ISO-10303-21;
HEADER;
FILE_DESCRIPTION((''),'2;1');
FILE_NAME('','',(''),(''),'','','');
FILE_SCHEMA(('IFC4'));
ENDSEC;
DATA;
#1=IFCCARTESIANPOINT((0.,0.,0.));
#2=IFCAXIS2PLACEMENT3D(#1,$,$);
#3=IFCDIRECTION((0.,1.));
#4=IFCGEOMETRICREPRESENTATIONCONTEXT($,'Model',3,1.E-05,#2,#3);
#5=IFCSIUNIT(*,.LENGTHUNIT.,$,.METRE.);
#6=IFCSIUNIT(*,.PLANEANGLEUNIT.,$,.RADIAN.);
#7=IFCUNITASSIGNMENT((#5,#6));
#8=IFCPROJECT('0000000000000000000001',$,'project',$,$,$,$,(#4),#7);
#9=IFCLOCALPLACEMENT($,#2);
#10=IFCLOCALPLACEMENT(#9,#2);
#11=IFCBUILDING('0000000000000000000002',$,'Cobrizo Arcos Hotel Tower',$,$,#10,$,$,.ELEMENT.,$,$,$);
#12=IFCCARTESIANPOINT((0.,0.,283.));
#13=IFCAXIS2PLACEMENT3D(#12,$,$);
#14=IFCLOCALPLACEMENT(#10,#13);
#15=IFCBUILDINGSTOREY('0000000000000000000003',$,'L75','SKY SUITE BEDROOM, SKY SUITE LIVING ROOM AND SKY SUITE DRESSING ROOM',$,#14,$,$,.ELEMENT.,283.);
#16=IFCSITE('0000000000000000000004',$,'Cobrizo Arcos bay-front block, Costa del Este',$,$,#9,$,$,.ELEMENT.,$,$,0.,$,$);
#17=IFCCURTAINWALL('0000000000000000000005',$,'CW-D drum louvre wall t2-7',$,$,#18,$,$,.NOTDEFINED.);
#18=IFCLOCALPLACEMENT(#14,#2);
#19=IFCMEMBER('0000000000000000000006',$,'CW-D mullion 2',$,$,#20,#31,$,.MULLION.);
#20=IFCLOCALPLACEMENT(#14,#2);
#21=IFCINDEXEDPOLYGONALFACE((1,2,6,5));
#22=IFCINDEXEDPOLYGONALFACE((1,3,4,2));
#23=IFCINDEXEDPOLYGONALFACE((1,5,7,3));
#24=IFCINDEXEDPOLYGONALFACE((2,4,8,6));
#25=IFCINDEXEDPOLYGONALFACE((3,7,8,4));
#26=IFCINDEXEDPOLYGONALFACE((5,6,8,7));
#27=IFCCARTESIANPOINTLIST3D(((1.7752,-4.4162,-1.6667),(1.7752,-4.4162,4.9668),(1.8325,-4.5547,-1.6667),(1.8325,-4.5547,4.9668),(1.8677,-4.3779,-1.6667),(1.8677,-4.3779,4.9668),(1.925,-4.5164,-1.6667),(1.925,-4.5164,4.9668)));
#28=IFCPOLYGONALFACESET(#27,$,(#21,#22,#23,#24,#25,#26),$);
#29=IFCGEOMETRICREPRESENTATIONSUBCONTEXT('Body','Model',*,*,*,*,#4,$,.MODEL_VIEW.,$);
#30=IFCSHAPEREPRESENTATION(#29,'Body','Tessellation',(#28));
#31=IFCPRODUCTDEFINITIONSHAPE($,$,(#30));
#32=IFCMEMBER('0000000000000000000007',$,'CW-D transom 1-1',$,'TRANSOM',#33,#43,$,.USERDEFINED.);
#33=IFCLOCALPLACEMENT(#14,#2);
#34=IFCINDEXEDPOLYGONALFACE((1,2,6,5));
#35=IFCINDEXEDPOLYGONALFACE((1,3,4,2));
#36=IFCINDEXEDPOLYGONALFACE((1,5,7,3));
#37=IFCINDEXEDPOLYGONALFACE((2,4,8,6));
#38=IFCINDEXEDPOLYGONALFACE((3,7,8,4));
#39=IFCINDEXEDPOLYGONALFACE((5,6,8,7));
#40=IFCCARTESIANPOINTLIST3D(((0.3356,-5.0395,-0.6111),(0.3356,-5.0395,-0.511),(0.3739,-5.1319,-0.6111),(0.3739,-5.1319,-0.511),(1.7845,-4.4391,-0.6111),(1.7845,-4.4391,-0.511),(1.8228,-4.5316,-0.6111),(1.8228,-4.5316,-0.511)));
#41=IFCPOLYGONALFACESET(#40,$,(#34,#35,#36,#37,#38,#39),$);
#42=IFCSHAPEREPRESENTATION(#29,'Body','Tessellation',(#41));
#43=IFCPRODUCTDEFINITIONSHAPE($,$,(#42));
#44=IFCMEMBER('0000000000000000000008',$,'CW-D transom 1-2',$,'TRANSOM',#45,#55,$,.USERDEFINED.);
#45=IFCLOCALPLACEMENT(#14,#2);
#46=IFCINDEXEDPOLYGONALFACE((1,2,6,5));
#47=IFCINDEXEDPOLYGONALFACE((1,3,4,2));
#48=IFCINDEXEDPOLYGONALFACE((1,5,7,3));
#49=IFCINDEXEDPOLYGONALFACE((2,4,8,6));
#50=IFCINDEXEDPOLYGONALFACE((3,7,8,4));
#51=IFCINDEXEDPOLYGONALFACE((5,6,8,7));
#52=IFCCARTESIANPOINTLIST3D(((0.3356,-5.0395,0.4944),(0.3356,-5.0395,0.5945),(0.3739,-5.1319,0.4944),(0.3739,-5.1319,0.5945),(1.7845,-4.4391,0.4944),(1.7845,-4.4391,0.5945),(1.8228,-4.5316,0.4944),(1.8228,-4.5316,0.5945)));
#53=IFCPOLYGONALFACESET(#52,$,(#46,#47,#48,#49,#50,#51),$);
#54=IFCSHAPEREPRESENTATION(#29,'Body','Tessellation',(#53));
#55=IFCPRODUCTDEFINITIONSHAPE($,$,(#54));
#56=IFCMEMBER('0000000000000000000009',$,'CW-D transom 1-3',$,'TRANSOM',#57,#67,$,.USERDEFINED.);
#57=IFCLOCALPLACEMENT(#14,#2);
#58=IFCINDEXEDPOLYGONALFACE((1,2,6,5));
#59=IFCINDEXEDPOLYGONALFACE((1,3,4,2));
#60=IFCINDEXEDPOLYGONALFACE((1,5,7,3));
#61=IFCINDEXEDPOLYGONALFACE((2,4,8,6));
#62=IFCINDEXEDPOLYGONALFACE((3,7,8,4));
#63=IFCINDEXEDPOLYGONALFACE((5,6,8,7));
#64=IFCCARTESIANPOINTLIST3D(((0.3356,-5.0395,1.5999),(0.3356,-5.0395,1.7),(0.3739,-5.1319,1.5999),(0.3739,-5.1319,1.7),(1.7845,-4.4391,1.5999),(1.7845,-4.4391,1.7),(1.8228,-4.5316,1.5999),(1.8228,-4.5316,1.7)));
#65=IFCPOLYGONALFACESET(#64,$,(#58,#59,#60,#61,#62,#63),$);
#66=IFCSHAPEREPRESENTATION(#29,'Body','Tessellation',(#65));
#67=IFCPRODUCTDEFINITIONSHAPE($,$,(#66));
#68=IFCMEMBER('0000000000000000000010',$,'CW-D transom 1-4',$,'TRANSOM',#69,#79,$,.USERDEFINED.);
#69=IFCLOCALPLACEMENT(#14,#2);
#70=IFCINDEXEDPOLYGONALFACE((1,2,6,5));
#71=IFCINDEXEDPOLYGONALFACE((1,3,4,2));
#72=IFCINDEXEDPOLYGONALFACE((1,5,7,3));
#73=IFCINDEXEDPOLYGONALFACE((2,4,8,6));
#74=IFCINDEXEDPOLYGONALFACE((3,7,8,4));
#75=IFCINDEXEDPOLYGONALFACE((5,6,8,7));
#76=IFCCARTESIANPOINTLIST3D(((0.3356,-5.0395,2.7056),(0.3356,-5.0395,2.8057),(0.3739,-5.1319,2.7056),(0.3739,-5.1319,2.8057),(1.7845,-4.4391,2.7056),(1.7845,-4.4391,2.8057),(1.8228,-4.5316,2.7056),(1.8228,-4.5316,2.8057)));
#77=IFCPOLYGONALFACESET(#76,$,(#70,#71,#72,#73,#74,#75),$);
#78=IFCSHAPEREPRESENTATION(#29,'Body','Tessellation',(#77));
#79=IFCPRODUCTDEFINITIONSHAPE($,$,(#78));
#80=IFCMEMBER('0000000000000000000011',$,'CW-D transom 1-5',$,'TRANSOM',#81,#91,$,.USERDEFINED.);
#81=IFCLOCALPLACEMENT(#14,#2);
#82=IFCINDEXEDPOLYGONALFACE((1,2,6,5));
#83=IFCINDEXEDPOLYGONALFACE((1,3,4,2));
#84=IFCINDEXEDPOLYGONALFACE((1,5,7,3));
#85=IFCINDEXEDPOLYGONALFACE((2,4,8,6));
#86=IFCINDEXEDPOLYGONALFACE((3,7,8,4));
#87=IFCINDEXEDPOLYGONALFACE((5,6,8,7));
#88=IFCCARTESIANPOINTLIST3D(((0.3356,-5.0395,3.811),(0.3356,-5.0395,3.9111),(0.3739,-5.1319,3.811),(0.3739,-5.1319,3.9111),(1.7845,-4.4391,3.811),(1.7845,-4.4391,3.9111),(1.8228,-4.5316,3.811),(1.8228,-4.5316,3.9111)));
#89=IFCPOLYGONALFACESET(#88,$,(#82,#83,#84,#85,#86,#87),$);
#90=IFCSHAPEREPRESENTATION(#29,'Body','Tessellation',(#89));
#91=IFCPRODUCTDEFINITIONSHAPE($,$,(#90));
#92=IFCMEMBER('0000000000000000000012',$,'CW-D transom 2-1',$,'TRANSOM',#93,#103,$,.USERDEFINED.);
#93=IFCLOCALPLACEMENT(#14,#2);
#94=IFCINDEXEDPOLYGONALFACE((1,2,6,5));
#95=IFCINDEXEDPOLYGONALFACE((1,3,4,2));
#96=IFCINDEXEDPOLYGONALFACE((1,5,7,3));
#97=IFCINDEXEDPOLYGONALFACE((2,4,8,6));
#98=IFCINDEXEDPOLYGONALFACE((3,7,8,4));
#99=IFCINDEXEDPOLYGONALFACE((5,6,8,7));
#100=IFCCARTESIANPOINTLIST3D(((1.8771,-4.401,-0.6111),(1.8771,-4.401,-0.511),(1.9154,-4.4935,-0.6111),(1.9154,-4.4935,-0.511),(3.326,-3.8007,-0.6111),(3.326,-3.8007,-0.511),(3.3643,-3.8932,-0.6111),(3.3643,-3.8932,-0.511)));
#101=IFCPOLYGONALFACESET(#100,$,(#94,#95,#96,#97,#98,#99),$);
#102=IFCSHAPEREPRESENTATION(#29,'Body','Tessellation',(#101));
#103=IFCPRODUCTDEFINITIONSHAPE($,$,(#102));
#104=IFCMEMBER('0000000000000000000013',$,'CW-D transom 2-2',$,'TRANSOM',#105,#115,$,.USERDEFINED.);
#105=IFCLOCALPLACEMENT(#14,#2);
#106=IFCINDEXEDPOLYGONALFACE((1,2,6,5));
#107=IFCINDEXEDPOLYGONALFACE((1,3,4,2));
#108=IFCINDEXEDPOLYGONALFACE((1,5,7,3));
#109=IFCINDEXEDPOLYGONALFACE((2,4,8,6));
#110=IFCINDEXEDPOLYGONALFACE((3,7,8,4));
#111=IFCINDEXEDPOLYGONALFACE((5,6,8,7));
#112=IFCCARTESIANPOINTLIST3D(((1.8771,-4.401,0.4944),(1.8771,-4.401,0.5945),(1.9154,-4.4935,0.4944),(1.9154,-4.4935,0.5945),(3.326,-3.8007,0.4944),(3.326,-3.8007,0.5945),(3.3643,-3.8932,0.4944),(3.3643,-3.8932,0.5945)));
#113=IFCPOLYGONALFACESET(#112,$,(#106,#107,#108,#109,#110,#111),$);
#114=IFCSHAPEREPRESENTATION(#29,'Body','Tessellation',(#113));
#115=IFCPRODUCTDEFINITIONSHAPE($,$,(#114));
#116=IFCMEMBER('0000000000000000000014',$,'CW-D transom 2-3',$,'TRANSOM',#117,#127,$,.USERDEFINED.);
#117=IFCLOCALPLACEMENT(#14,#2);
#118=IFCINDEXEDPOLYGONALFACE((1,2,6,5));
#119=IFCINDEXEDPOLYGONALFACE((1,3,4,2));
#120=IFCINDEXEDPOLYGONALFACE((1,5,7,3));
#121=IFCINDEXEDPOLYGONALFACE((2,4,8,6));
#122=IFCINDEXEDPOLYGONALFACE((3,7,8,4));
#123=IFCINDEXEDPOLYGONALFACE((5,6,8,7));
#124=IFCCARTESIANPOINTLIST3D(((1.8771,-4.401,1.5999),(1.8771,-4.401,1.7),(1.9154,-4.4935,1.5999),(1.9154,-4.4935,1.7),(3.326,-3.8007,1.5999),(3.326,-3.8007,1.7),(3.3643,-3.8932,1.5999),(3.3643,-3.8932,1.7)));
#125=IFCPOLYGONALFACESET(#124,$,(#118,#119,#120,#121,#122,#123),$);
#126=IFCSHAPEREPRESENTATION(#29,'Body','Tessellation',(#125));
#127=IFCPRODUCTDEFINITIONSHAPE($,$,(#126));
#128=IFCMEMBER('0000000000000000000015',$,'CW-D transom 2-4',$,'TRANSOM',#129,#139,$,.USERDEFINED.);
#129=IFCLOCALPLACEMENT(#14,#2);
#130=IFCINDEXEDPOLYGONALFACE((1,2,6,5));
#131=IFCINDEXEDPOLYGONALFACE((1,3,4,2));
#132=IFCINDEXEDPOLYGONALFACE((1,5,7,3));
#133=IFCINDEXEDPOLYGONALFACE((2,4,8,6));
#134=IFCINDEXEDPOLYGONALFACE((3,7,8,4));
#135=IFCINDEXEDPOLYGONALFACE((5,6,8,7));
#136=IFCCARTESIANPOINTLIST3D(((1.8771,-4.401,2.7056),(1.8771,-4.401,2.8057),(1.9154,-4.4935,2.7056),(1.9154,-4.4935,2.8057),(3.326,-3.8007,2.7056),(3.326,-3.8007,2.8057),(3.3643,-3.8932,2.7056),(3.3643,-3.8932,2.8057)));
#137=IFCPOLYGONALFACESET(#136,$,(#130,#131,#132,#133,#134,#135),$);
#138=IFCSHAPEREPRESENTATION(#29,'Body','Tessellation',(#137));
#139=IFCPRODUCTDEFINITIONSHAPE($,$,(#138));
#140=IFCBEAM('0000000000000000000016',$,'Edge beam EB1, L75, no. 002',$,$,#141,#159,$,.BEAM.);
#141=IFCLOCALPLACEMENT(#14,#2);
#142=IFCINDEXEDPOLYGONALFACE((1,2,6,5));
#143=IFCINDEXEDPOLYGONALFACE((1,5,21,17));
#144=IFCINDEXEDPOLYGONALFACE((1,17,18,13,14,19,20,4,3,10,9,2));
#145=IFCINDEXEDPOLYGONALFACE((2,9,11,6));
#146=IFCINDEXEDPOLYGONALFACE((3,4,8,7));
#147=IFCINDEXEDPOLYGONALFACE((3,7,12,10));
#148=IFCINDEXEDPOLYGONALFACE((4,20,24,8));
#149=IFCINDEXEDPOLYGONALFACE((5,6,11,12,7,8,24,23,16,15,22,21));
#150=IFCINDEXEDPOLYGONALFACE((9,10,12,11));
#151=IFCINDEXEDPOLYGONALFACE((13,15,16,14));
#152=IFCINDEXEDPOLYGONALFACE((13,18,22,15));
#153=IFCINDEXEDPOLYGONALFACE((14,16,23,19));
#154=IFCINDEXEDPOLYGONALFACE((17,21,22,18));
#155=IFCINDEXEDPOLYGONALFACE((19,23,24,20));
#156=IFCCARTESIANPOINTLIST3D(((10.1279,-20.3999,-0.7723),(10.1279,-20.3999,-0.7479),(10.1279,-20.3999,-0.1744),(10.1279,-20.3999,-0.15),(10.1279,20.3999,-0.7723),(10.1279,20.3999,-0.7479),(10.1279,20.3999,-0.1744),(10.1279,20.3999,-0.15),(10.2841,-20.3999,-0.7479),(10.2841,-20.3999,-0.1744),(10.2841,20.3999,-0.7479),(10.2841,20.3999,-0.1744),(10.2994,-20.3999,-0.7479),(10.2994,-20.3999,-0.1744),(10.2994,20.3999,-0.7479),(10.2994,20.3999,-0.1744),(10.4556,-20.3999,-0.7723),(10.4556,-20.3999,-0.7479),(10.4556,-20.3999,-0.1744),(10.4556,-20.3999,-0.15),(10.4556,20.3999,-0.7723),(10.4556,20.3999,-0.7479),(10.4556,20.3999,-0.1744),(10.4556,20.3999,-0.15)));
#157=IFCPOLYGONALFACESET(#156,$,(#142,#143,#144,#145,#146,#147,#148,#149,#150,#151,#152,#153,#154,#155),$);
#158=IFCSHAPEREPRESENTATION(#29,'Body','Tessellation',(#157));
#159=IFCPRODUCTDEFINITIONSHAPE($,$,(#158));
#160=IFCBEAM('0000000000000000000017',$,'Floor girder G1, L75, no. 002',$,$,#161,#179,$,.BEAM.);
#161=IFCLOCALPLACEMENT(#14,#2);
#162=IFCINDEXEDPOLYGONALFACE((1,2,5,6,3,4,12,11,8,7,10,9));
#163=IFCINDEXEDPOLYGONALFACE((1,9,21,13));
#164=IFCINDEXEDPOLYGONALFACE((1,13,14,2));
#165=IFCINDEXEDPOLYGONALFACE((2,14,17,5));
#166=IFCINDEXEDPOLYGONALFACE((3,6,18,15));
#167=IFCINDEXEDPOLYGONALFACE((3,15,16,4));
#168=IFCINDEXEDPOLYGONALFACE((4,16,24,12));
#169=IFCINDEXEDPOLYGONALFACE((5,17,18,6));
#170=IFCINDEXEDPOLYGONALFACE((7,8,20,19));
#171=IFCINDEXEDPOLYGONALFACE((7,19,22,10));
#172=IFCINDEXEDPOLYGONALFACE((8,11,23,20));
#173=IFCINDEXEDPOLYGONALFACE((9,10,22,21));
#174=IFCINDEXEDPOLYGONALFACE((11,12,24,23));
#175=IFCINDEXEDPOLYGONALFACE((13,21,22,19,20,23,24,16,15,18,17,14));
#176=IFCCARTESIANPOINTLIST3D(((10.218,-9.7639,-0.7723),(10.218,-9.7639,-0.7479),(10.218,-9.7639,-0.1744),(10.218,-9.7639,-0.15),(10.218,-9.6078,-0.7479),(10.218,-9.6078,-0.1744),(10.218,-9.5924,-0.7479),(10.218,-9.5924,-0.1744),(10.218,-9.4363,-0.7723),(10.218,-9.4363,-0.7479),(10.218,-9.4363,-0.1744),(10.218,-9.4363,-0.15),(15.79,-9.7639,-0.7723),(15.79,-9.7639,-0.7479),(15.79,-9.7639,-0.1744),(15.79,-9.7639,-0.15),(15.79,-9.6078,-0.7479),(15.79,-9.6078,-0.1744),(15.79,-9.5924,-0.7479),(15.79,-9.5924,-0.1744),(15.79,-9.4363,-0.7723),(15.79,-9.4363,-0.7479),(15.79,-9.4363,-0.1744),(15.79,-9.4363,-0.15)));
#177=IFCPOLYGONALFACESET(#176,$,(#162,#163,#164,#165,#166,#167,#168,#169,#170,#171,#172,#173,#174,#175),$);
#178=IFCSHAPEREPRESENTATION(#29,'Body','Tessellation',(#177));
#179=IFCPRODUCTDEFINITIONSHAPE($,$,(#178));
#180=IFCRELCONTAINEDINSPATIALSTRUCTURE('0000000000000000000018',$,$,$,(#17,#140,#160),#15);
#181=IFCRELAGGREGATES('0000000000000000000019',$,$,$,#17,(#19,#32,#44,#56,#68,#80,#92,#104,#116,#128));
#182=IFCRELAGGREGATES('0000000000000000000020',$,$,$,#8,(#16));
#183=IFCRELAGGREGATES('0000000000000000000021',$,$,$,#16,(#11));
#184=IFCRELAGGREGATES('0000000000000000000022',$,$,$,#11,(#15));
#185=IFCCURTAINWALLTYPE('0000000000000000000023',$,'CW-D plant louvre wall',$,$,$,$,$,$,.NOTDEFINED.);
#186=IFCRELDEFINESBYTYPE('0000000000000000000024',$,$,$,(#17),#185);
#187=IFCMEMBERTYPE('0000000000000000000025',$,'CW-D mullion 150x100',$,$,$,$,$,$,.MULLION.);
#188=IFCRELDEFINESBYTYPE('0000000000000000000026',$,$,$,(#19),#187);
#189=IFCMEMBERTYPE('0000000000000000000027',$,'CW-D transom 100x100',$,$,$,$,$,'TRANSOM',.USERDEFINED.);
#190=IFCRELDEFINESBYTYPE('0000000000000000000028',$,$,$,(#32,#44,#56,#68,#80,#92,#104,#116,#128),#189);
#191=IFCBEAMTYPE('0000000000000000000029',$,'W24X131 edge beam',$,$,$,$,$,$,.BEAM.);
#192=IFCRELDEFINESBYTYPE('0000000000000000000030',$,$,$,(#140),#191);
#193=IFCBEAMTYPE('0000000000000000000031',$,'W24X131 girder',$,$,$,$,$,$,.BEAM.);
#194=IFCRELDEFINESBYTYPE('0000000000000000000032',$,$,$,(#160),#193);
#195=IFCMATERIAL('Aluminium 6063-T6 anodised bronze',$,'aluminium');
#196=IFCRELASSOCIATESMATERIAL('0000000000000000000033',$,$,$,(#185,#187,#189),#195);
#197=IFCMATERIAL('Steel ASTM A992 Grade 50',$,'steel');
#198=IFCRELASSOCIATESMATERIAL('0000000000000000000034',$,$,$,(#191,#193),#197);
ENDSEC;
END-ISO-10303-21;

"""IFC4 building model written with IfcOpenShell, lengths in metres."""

from ifc_helpers import new_model, si_unit, direction, frame, origin, origin_2d, place, context, subcontext, project, spatial, rectangle, i_section, extrude, material, material_profile, profile_set, type_object, element, aggregate, save


model = new_model("IFC4")

# Units and contexts
model_context = context("Model", 3, precision=1e-05, world=origin(), true_north=direction((0.0, 1.0)))
body_context = subcontext(model_context, "Body", "Model", "MODEL_VIEW")
ifc_project = project(units=[si_unit("LENGTHUNIT", "METRE"), si_unit("PLANEANGLEUNIT", "RADIAN")], contexts=[model_context])

# Site, building, storey
site_placement = place(None, origin())
site = spatial("IfcSite", under=ifc_project, at=site_placement, Name="Cobrizo Arcos bay-front block, Costa del Este", CompositionType="ELEMENT", RefElevation=0.0)
building_placement = place(site_placement, origin())
building = spatial("IfcBuilding", under=site, at=building_placement, Name="Cobrizo Arcos Hotel Tower", CompositionType="ELEMENT")
storey_placement = place(building_placement, frame((0.0, 0.0, 283.0)))
storey = spatial("IfcBuildingStorey", under=building, at=storey_placement, Name="L75", Description="SKY SUITE BEDROOM, SKY SUITE LIVING ROOM AND SKY SUITE DRESSING ROOM", CompositionType="ELEMENT", Elevation=283.0)

# Shared definitions
ifc_material_1 = material(Name="Aluminium 6063-T6 anodised bronze", Category="aluminium")

# Curtain wall, members
curtain_wall_type_1 = type_object("IfcCurtainWallType", Name="CW-D plant louvre wall", PredefinedType="NOTDEFINED", material=ifc_material_1)
curtain_wall_1_placement = place(storey_placement, origin())
curtain_wall_1 = element("IfcCurtainWall", 1, at=curtain_wall_1_placement, inside=storey, type_object=curtain_wall_type_1, Name="CW-D drum louvre wall t2-7", PredefinedType="NOTDEFINED")
ifc_material_profile_1 = material_profile(ifc_material_1, rectangle(XDim=0.1499, YDim=0.1001, at=origin_2d()), Name="CW-D mullion 150x100")
ifc_profile_set_1 = profile_set([ifc_material_profile_1], Name="Aluminium 6063-T6 anodised bronze")
member_type_1 = type_object("IfcMemberType", Name="CW-D mullion 150x100", PredefinedType="MULLION", material=ifc_profile_set_1)
member_1_placement = place(storey_placement, frame((1.8501, -4.4663, -1.6667), z_axis=(0.0, 0.0, 1.0), x_axis=(0.382683, -0.92388, 0.0)))
member_1 = element("IfcMember", 2, at=member_1_placement, type_object=member_type_1, Name="CW-D mullion 2", PredefinedType="MULLION", context=body_context, shape_type="SweptSolid", body=[
    extrude(rectangle(XDim=0.1499, YDim=0.1001, at=origin_2d()), origin(), (0.0, 0.0, 1.0), 6.6335),
])
ifc_material_profile_2 = material_profile(ifc_material_1, rectangle(XDim=0.1001, YDim=0.1001, at=origin_2d()), Name="CW-D transom 100x100")
ifc_profile_set_2 = profile_set([ifc_material_profile_2], Name="Aluminium 6063-T6 anodised bronze")
member_type_2 = type_object("IfcMemberType", Name="CW-D transom 100x100", ElementType="TRANSOM", PredefinedType="USERDEFINED", material=ifc_profile_set_2)
member_2_placement = place(storey_placement, frame((0.3547, -5.0857, -0.561), z_axis=(0.923844, 0.382769, 0.0), x_axis=(-0.382769, 0.923844, 0.0)))
member_2 = element("IfcMember", 3, at=member_2_placement, type_object=member_type_2, Name="CW-D transom 1-1", ObjectType="TRANSOM", PredefinedType="USERDEFINED", context=body_context, shape_type="SweptSolid", body=[
    extrude(rectangle(XDim=0.1001, YDim=0.1001, at=origin_2d()), origin(), (0.0, 0.0, 1.0), 1.5684),
])
member_3_placement = place(storey_placement, frame((0.3547, -5.0857, 0.5444), z_axis=(0.923844, 0.382769, 0.0), x_axis=(-0.382769, 0.923844, 0.0)))
member_3 = element("IfcMember", 4, at=member_3_placement, type_object=member_type_2, Name="CW-D transom 1-2", ObjectType="TRANSOM", PredefinedType="USERDEFINED", context=body_context, shape_type="SweptSolid", body=[
    extrude(rectangle(XDim=0.1001, YDim=0.1001, at=origin_2d()), origin(), (0.0, 0.0, 1.0), 1.5684),
])
member_4_placement = place(storey_placement, frame((0.3547, -5.0857, 1.6499), z_axis=(0.923844, 0.382769, 0.0), x_axis=(-0.382769, 0.923844, 0.0)))
member_4 = element("IfcMember", 5, at=member_4_placement, type_object=member_type_2, Name="CW-D transom 1-3", ObjectType="TRANSOM", PredefinedType="USERDEFINED", context=body_context, shape_type="SweptSolid", body=[
    extrude(rectangle(XDim=0.1001, YDim=0.1001, at=origin_2d()), origin(), (0.0, 0.0, 1.0), 1.5684),
])
member_5_placement = place(storey_placement, frame((0.3547, -5.0857, 2.7556), z_axis=(0.923844, 0.382769, 0.0), x_axis=(-0.382769, 0.923844, 0.0)))
member_5 = element("IfcMember", 6, at=member_5_placement, type_object=member_type_2, Name="CW-D transom 1-4", ObjectType="TRANSOM", PredefinedType="USERDEFINED", context=body_context, shape_type="SweptSolid", body=[
    extrude(rectangle(XDim=0.1001, YDim=0.1001, at=origin_2d()), origin(), (0.0, 0.0, 1.0), 1.5684),
])
member_6_placement = place(storey_placement, frame((0.3547, -5.0857, 3.8611), z_axis=(0.923844, 0.382769, 0.0), x_axis=(-0.382769, 0.923844, 0.0)))
member_6 = element("IfcMember", 7, at=member_6_placement, type_object=member_type_2, Name="CW-D transom 1-5", ObjectType="TRANSOM", PredefinedType="USERDEFINED", context=body_context, shape_type="SweptSolid", body=[
    extrude(rectangle(XDim=0.1001, YDim=0.1001, at=origin_2d()), origin(), (0.0, 0.0, 1.0), 1.5684),
])
member_7_placement = place(storey_placement, frame((1.8962, -4.4473, -0.561), z_axis=(0.923844, 0.382769, 0.0), x_axis=(-0.382769, 0.923844, 0.0)))
member_7 = element("IfcMember", 8, at=member_7_placement, type_object=member_type_2, Name="CW-D transom 2-1", ObjectType="TRANSOM", PredefinedType="USERDEFINED", context=body_context, shape_type="SweptSolid", body=[
    extrude(rectangle(XDim=0.1001, YDim=0.1001, at=origin_2d()), origin(), (0.0, 0.0, 1.0), 1.5684),
])
member_8_placement = place(storey_placement, frame((1.8962, -4.4473, 0.5444), z_axis=(0.923844, 0.382769, 0.0), x_axis=(-0.382769, 0.923844, 0.0)))
member_8 = element("IfcMember", 9, at=member_8_placement, type_object=member_type_2, Name="CW-D transom 2-2", ObjectType="TRANSOM", PredefinedType="USERDEFINED", context=body_context, shape_type="SweptSolid", body=[
    extrude(rectangle(XDim=0.1001, YDim=0.1001, at=origin_2d()), origin(), (0.0, 0.0, 1.0), 1.5684),
])
member_9_placement = place(storey_placement, frame((1.8962, -4.4473, 1.6499), z_axis=(0.923844, 0.382769, 0.0), x_axis=(-0.382769, 0.923844, 0.0)))
member_9 = element("IfcMember", 10, at=member_9_placement, type_object=member_type_2, Name="CW-D transom 2-3", ObjectType="TRANSOM", PredefinedType="USERDEFINED", context=body_context, shape_type="SweptSolid", body=[
    extrude(rectangle(XDim=0.1001, YDim=0.1001, at=origin_2d()), origin(), (0.0, 0.0, 1.0), 1.5684),
])
member_10_placement = place(storey_placement, frame((1.8962, -4.4473, 2.7556), z_axis=(0.923844, 0.382769, 0.0), x_axis=(-0.382769, 0.923844, 0.0)))
member_10 = element("IfcMember", 11, at=member_10_placement, type_object=member_type_2, Name="CW-D transom 2-4", ObjectType="TRANSOM", PredefinedType="USERDEFINED", context=body_context, shape_type="SweptSolid", body=[
    extrude(rectangle(XDim=0.1001, YDim=0.1001, at=origin_2d()), origin(), (0.0, 0.0, 1.0), 1.5684),
])

# Beams
ifc_material_2 = material(Name="Steel ASTM A992 Grade 50", Category="steel")
ifc_material_profile_3 = material_profile(ifc_material_2, i_section(OverallWidth=0.3276, OverallDepth=0.6223, WebThickness=0.0154, FlangeThickness=0.0244, at=origin_2d()), Name="W24X131")
ifc_profile_set_3 = profile_set([ifc_material_profile_3], Name="Steel ASTM A992 Grade 50")
beam_type_1 = type_object("IfcBeamType", Name="W24X131 edge beam", PredefinedType="BEAM", material=ifc_profile_set_3)
beam_1_placement = place(storey_placement, frame((10.2917, -20.3999, -0.4612), z_axis=(0.0, 1.0, 0.0), x_axis=(-1.0, 0.0, 0.0)))
element("IfcBeam", 12, at=beam_1_placement, inside=storey, type_object=beam_type_1, Name="Edge beam EB1, L75, no. 002", PredefinedType="BEAM", context=body_context, shape_type="SweptSolid", body=[
    extrude(i_section(OverallWidth=0.3276, OverallDepth=0.6223, WebThickness=0.0154, FlangeThickness=0.0244, at=origin_2d()), origin(), (0.0, 0.0, 1.0), 40.7998),
])
ifc_material_profile_4 = material_profile(ifc_material_2, i_section(OverallWidth=0.3276, OverallDepth=0.6223, WebThickness=0.0154, FlangeThickness=0.0244, at=origin_2d()), Name="W24X131")
ifc_profile_set_4 = profile_set([ifc_material_profile_4], Name="Steel ASTM A992 Grade 50")
beam_type_2 = type_object("IfcBeamType", Name="W24X131 girder", PredefinedType="BEAM", material=ifc_profile_set_4)
beam_2_placement = place(storey_placement, frame((10.218, -9.6001, -0.4612), z_axis=(1.0, 0.0, 0.0), x_axis=(0.0, 1.0, 0.0)))
element("IfcBeam", 13, at=beam_2_placement, inside=storey, type_object=beam_type_2, Name="Floor girder G1, L75, no. 002", PredefinedType="BEAM", context=body_context, shape_type="SweptSolid", body=[
    extrude(i_section(OverallWidth=0.3276, OverallDepth=0.6223, WebThickness=0.0154, FlangeThickness=0.0244, at=origin_2d()), origin(), (0.0, 0.0, 1.0), 5.572),
])

aggregate(curtain_wall_1, [member_1, member_2, member_3, member_4, member_5, member_6, member_7, member_8, member_9, member_10])

save(model, "model.ifc")
